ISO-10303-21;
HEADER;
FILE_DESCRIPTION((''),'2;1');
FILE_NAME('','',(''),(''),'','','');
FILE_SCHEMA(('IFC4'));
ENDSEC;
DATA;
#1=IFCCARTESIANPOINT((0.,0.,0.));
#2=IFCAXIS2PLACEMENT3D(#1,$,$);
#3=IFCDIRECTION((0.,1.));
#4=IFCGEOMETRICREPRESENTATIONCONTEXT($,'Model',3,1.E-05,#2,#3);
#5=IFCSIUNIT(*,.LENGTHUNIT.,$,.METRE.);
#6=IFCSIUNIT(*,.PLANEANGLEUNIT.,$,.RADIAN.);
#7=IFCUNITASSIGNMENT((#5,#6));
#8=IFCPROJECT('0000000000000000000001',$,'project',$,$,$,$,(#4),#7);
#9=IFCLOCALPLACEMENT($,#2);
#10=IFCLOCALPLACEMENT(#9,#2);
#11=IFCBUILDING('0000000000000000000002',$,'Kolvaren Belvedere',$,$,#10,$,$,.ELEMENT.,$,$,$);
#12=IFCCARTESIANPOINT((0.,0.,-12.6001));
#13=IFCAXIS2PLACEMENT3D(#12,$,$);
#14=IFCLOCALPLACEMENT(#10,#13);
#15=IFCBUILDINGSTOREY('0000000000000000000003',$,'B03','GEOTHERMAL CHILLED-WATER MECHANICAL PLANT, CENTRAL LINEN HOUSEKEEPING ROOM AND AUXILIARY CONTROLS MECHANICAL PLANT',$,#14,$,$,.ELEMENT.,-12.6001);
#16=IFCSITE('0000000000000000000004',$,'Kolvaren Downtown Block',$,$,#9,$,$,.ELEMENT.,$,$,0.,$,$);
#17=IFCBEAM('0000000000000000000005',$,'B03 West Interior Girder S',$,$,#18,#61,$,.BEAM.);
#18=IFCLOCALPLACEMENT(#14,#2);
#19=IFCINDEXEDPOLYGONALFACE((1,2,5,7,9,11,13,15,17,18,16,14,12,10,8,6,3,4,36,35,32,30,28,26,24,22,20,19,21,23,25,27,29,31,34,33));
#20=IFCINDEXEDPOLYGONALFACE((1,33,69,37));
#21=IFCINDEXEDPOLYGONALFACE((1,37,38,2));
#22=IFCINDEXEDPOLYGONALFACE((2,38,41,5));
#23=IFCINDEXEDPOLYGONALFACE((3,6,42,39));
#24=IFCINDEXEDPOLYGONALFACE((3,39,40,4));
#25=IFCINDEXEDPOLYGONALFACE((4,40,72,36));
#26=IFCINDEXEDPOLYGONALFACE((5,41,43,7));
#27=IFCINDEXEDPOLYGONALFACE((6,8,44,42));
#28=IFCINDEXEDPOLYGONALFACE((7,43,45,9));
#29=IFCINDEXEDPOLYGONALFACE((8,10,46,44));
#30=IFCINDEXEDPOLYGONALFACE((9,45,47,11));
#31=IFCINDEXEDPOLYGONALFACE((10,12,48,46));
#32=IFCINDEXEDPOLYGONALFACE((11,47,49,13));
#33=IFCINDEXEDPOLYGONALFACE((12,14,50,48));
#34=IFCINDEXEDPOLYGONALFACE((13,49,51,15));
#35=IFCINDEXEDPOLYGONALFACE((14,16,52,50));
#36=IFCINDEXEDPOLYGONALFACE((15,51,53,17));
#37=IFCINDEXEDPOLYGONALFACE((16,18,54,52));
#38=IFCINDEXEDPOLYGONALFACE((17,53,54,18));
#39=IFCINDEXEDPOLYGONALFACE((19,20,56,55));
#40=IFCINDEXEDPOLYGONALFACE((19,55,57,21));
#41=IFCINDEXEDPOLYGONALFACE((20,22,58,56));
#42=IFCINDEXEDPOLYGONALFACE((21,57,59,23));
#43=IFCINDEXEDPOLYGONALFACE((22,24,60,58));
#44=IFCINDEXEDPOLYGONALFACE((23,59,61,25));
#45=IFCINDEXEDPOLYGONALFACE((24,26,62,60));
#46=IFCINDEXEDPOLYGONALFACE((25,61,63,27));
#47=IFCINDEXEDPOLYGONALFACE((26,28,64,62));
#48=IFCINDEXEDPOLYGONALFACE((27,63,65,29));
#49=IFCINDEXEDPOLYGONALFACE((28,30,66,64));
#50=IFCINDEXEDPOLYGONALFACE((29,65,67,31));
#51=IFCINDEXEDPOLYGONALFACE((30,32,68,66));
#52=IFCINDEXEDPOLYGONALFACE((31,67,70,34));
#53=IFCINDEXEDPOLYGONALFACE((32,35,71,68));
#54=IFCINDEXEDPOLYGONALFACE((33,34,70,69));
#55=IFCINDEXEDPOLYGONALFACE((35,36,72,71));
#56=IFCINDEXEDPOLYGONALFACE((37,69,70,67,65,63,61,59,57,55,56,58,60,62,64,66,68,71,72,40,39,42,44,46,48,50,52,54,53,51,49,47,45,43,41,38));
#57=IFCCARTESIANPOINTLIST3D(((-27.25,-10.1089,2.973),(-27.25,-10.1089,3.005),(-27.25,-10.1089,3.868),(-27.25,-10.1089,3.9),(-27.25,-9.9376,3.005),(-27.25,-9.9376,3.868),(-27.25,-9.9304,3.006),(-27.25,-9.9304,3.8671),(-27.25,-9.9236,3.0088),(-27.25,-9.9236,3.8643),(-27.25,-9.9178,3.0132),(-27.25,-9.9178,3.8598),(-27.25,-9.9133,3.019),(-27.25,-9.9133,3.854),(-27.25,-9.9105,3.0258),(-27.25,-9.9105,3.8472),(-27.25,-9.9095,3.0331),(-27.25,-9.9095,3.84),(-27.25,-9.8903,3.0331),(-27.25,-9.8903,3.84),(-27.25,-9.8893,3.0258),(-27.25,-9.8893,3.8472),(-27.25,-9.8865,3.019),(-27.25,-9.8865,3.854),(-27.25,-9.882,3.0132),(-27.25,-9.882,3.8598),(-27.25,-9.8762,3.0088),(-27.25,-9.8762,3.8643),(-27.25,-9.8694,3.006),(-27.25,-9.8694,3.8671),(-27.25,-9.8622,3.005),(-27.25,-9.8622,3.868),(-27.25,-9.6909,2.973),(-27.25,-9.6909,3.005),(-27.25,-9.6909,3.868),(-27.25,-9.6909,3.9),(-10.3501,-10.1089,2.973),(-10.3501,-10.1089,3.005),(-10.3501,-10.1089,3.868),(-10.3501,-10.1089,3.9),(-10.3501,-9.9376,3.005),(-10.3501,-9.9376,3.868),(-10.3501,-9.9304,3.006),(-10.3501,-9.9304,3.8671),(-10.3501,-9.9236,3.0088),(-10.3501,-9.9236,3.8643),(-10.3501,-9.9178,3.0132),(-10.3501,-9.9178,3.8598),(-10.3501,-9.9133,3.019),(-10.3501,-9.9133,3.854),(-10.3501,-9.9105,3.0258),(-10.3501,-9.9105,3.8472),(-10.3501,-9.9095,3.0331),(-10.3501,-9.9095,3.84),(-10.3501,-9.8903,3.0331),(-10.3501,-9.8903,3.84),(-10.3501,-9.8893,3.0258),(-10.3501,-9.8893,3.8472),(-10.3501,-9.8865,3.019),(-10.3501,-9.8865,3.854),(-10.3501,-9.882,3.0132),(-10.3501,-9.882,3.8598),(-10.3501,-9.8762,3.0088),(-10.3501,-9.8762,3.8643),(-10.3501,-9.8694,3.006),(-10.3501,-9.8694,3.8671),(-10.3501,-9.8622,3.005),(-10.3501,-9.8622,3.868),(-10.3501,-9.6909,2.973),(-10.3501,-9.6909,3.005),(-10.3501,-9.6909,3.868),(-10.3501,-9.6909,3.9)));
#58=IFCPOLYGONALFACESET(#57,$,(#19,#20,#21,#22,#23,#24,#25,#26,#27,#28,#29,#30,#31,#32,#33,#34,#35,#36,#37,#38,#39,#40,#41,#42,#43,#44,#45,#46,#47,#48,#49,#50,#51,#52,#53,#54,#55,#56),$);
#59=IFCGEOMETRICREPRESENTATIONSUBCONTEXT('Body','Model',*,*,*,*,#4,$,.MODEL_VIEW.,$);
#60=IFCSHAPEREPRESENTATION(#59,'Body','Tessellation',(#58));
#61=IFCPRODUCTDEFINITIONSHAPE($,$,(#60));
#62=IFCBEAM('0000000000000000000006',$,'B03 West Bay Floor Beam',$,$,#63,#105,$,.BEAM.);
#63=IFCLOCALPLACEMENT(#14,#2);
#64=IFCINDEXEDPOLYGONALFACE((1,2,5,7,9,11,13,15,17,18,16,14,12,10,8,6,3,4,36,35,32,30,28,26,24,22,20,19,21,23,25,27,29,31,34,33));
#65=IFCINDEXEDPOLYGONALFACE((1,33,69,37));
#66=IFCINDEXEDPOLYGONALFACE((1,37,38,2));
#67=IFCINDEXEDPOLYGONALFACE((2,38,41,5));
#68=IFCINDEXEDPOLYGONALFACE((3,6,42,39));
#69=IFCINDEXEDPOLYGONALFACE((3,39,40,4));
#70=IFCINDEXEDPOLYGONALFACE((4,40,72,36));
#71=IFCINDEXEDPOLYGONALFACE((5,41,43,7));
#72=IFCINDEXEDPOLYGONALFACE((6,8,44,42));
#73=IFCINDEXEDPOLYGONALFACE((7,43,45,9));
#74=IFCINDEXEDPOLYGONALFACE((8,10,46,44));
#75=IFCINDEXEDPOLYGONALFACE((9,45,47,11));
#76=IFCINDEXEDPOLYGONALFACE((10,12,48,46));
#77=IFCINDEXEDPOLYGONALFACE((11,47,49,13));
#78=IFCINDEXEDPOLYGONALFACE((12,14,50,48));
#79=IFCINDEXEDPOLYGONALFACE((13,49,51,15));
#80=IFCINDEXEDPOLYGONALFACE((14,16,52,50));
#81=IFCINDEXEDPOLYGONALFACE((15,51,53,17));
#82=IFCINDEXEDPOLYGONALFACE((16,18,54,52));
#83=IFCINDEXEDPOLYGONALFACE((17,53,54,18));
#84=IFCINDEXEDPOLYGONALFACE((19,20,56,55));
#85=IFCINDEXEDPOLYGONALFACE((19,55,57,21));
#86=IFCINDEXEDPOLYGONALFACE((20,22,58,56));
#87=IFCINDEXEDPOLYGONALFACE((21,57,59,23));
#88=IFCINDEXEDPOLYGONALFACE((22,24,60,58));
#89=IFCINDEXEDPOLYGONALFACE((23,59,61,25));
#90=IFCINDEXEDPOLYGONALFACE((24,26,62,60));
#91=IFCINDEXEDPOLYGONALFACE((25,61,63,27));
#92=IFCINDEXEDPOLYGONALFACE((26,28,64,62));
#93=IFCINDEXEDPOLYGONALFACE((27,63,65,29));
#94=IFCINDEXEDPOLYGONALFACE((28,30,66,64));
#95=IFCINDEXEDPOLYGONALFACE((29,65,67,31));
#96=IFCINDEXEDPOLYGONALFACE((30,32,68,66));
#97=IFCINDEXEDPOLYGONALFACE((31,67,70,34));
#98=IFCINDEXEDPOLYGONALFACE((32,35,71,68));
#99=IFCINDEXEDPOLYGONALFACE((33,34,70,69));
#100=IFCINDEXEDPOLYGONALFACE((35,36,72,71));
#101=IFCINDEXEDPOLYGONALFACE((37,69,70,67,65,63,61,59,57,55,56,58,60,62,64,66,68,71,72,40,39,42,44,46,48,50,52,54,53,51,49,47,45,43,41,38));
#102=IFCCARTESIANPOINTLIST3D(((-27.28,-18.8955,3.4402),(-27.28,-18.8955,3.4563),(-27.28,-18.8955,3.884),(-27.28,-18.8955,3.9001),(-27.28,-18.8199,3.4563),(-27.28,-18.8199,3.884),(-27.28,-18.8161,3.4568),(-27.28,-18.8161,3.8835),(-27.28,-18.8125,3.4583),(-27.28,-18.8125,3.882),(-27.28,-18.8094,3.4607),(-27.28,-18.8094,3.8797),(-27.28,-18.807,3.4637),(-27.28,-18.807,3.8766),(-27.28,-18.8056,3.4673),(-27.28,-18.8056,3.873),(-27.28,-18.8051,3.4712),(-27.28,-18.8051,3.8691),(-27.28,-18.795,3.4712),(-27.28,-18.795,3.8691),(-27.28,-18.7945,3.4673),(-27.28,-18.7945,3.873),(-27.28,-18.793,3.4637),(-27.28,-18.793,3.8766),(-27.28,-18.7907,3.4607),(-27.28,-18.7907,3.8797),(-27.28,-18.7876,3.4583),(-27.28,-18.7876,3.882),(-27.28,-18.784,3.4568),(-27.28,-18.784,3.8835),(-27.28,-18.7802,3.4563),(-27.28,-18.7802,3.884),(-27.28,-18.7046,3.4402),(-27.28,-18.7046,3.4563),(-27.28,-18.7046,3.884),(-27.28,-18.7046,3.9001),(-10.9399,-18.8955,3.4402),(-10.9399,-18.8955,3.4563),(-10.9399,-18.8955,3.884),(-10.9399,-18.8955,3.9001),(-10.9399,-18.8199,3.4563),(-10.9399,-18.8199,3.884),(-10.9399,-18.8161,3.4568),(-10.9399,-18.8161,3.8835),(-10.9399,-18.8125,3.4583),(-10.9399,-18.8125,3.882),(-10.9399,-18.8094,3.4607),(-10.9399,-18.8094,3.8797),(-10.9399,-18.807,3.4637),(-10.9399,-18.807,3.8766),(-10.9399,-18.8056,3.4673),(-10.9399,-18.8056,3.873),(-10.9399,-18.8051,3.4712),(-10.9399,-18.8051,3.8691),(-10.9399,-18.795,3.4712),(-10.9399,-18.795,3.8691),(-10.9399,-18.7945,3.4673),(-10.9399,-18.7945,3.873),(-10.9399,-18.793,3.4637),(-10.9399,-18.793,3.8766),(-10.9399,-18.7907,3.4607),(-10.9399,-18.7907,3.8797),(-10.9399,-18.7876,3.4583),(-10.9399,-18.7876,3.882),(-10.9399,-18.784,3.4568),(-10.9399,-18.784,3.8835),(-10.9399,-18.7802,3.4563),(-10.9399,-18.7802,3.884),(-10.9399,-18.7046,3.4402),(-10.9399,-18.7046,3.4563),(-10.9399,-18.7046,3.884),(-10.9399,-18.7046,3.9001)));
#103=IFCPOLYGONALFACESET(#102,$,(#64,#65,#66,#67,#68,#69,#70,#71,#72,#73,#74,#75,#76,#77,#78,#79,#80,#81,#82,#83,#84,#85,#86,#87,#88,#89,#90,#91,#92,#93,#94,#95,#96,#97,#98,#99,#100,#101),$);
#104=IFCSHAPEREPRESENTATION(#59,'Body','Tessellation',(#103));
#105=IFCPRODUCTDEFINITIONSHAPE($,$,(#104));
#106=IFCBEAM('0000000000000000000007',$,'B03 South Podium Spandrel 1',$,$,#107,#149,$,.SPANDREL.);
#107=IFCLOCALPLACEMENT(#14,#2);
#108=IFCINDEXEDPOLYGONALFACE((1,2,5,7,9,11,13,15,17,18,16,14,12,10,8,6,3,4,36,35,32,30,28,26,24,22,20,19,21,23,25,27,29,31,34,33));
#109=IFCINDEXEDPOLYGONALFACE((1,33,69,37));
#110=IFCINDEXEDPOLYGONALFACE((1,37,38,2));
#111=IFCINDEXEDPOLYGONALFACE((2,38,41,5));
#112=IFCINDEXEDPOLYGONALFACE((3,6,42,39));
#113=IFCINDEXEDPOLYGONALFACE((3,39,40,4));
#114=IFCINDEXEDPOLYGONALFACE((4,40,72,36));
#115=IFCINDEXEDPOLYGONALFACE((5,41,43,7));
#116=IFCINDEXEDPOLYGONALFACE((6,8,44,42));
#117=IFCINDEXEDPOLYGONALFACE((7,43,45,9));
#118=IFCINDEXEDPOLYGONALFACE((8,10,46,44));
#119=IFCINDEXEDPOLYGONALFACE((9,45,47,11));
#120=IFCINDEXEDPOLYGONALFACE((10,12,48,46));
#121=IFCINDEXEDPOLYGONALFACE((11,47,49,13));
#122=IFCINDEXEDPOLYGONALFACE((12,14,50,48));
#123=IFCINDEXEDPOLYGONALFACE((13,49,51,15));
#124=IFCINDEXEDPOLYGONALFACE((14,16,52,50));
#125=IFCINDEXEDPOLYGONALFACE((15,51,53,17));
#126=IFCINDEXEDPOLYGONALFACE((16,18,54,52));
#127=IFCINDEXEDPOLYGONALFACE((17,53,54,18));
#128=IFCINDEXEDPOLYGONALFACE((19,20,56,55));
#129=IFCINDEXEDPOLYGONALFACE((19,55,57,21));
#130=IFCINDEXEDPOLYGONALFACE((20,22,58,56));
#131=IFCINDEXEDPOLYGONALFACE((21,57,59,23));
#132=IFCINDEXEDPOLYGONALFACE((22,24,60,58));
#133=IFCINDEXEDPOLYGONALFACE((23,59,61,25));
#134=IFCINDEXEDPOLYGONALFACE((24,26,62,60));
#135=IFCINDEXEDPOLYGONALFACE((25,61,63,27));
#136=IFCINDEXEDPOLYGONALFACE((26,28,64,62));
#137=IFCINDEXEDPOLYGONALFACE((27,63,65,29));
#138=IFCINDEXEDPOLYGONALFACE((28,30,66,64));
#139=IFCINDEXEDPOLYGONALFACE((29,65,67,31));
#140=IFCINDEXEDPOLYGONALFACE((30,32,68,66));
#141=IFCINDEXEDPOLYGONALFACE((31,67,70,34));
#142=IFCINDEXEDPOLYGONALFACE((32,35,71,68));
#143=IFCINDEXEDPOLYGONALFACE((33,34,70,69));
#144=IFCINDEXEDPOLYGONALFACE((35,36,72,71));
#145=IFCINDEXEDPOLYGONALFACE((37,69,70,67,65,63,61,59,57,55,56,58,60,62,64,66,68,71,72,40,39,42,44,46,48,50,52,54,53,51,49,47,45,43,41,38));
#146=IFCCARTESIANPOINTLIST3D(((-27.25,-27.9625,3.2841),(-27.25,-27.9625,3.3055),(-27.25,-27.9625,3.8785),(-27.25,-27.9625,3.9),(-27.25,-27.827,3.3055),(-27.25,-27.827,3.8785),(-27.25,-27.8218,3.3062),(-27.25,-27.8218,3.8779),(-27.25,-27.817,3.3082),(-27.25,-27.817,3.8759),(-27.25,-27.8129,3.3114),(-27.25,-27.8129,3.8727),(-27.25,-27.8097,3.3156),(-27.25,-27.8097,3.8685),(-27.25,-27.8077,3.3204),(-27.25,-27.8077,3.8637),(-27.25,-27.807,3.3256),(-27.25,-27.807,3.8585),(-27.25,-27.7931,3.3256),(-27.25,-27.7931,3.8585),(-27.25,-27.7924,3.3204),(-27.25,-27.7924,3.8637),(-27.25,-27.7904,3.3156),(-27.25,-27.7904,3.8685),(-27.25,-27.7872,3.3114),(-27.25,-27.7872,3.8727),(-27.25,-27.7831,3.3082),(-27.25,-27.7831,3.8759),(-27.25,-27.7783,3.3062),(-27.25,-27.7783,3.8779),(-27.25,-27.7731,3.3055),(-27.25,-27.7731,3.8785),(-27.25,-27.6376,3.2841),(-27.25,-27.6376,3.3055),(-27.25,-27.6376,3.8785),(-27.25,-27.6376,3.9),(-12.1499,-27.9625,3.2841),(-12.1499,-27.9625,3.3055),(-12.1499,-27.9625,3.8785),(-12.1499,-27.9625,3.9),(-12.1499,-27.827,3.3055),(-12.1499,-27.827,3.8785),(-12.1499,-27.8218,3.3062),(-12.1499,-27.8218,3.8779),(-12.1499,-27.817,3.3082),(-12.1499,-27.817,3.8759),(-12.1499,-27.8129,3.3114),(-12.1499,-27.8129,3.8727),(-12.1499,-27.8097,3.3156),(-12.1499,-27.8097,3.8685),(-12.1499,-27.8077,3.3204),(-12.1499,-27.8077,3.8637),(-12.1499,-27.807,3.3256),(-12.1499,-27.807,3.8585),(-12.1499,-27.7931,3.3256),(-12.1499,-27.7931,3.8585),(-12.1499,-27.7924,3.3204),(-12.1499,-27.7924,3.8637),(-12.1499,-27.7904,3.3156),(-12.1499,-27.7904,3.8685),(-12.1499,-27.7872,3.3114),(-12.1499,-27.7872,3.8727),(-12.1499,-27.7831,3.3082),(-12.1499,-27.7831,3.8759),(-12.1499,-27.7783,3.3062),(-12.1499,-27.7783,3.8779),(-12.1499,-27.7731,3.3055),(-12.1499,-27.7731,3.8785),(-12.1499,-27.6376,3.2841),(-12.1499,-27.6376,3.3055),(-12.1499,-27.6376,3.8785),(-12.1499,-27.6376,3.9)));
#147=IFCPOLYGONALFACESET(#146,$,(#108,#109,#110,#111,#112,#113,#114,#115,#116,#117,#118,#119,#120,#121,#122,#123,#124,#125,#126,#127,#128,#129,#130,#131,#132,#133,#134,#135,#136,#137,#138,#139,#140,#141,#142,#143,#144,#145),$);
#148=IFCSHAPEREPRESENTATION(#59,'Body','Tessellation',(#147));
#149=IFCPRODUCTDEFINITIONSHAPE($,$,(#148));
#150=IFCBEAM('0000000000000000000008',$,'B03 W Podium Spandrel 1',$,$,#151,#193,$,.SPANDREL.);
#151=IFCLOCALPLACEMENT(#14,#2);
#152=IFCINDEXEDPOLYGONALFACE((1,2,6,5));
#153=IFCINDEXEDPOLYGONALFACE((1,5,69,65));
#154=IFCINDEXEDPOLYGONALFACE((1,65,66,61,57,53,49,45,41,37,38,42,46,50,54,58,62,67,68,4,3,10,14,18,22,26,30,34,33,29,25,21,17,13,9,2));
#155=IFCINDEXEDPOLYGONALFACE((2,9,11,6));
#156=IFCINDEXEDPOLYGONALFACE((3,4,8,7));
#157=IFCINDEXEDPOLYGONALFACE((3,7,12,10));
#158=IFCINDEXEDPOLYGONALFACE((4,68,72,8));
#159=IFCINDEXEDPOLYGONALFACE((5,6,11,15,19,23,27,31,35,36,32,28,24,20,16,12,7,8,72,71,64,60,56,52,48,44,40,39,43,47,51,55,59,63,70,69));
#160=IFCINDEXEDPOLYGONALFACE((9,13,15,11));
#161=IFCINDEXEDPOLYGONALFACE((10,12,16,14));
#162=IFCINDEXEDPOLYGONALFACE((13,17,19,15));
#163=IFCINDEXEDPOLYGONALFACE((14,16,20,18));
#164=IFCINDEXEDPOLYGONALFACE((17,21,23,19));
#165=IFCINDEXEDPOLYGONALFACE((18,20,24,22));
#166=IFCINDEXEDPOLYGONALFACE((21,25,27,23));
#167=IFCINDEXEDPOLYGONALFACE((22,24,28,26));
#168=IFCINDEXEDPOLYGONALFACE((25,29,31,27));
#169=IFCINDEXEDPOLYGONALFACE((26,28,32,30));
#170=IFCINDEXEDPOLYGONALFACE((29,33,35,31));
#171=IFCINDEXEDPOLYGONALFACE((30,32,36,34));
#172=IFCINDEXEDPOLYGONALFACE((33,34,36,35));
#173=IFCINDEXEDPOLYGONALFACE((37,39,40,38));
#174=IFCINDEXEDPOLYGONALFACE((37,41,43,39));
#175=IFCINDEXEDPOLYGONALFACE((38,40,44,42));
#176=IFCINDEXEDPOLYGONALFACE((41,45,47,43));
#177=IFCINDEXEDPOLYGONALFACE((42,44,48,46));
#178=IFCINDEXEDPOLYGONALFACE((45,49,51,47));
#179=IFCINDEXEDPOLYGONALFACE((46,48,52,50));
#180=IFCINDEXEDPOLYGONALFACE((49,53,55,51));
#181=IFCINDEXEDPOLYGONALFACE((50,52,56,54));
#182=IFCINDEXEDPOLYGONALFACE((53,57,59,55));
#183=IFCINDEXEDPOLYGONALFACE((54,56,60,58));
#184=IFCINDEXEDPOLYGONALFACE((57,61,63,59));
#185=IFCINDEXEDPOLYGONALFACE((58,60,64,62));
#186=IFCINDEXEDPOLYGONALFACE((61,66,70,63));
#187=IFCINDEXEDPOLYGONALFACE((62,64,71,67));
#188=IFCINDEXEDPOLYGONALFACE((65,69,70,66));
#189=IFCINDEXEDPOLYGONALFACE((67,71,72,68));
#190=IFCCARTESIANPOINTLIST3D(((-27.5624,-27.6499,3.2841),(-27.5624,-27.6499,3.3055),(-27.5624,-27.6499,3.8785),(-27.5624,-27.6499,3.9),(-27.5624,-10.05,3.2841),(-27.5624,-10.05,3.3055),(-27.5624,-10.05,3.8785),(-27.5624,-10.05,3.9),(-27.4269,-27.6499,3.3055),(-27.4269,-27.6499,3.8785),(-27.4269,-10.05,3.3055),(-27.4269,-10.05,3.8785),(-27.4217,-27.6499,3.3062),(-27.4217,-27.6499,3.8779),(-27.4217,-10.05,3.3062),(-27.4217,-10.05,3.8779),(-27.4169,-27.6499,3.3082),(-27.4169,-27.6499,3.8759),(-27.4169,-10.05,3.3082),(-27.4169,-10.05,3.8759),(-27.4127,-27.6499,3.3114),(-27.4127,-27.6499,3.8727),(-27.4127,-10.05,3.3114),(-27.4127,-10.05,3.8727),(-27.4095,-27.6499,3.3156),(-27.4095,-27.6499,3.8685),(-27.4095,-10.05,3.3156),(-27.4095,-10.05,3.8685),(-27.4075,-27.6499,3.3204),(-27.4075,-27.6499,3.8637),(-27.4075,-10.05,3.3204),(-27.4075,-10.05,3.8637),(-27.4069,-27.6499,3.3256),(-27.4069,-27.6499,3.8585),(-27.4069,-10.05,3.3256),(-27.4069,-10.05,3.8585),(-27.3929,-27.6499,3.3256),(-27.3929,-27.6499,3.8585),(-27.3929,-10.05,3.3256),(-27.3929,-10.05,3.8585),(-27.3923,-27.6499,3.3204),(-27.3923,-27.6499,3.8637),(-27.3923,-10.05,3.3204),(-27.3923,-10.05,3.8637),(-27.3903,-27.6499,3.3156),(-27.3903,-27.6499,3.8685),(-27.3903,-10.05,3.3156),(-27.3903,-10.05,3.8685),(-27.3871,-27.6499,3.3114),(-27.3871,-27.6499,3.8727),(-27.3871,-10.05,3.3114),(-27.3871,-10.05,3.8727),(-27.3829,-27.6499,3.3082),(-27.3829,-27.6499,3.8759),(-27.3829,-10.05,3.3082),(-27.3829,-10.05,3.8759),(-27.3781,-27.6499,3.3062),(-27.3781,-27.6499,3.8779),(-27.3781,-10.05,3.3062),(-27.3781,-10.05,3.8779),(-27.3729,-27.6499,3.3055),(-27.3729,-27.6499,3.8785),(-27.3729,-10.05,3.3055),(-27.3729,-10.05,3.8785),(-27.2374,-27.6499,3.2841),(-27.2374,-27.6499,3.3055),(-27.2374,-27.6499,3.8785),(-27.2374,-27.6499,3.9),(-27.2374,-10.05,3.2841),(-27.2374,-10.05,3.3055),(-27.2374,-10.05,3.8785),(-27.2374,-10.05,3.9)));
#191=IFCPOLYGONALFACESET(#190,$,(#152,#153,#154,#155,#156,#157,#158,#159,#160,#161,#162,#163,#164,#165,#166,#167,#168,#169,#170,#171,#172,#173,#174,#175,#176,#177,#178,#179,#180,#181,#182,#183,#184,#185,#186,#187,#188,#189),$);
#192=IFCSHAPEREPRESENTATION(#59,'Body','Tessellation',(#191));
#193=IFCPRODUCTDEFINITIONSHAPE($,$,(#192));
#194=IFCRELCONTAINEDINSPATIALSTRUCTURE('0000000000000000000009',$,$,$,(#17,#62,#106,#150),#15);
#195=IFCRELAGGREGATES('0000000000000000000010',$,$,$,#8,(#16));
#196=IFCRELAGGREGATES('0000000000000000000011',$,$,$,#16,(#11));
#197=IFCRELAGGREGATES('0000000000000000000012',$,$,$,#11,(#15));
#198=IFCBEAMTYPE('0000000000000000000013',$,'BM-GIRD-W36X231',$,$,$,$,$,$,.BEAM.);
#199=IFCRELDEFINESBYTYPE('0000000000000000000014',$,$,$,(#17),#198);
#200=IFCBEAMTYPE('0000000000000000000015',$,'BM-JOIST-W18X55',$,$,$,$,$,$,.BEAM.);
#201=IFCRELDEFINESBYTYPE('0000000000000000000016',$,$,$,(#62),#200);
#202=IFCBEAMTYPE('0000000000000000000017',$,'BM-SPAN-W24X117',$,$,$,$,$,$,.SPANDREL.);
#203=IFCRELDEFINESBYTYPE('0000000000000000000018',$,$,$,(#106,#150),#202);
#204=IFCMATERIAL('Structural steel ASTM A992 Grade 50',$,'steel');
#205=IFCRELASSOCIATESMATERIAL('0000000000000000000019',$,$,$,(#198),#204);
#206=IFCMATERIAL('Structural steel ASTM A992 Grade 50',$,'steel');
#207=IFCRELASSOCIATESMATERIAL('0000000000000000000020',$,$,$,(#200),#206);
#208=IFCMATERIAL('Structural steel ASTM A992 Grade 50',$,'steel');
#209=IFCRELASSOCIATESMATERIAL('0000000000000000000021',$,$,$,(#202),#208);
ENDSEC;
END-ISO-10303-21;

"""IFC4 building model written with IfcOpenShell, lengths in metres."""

from ifc_helpers import new_model, si_unit, direction, frame, origin, origin_2d, place, context, subcontext, project, spatial, i_section, extrude, material, material_profile, profile_set, type_object, element, save


model = new_model("IFC4")

# Units and contexts
model_context = context("Model", 3, precision=1e-05, world=origin(), true_north=direction((0.0, 1.0)))
body_context = subcontext(model_context, "Body", "Model", "MODEL_VIEW")
ifc_project = project(units=[si_unit("LENGTHUNIT", "METRE"), si_unit("PLANEANGLEUNIT", "RADIAN")], contexts=[model_context])

# Site, building, storey
site_placement = place(None, origin())
site = spatial("IfcSite", under=ifc_project, at=site_placement, Name="Kolvaren Downtown Block", CompositionType="ELEMENT", RefElevation=0.0)
building_placement = place(site_placement, origin())
building = spatial("IfcBuilding", under=site, at=building_placement, Name="Kolvaren Belvedere", CompositionType="ELEMENT")
storey_placement = place(building_placement, frame((0.0, 0.0, -12.6001)))
storey = spatial("IfcBuildingStorey", under=building, at=storey_placement, Name="B03", Description="GEOTHERMAL CHILLED-WATER MECHANICAL PLANT, CENTRAL LINEN HOUSEKEEPING ROOM AND AUXILIARY CONTROLS MECHANICAL PLANT", CompositionType="ELEMENT", Elevation=-12.6001)

# Beams
ifc_material_1 = material(Name="Structural steel ASTM A992 Grade 50", Category="steel")
ifc_material_profile_1 = material_profile(ifc_material_1, i_section(OverallWidth=0.418, OverallDepth=0.927, WebThickness=0.0193, FlangeThickness=0.032, FilletRadius=0.0281, at=origin_2d()), Name="W36X231")
ifc_profile_set_1 = profile_set([ifc_material_profile_1], Name="Structural steel ASTM A992 Grade 50")
beam_type_1 = type_object("IfcBeamType", Name="BM-GIRD-W36X231", PredefinedType="BEAM", material=ifc_profile_set_1)
beam_1_placement = place(storey_placement, frame((-27.25, -9.8999, 3.4365), z_axis=(1.0, 0.0, 0.0), x_axis=(0.0, 1.0, 0.0)))
element("IfcBeam", 1, at=beam_1_placement, inside=storey, type_object=beam_type_1, Name="B03 West Interior Girder S", PredefinedType="BEAM", context=body_context, shape_type="SweptSolid", body=[
    extrude(i_section(OverallWidth=0.418, OverallDepth=0.927, WebThickness=0.0193, FlangeThickness=0.032, FilletRadius=0.0281, at=origin_2d()), origin(), (0.0, 0.0, 1.0), 16.8999),
])
ifc_material_2 = material(Name="Structural steel ASTM A992 Grade 50", Category="steel")
ifc_material_profile_2 = material_profile(ifc_material_2, i_section(OverallWidth=0.1909, OverallDepth=0.46, WebThickness=0.01, FlangeThickness=0.0161, FilletRadius=0.0149, at=origin_2d()), Name="W18X55")
ifc_profile_set_2 = profile_set([ifc_material_profile_2], Name="Structural steel ASTM A992 Grade 50")
beam_type_2 = type_object("IfcBeamType", Name="BM-JOIST-W18X55", PredefinedType="BEAM", material=ifc_profile_set_2)
beam_2_placement = place(storey_placement, frame((-27.28, -18.8, 3.6702), z_axis=(1.0, 0.0, 0.0), x_axis=(0.0, 1.0, 0.0)))
element("IfcBeam", 2, at=beam_2_placement, inside=storey, type_object=beam_type_2, Name="B03 West Bay Floor Beam", PredefinedType="BEAM", context=body_context, shape_type="SweptSolid", body=[
    extrude(i_section(OverallWidth=0.1909, OverallDepth=0.46, WebThickness=0.01, FlangeThickness=0.0161, FilletRadius=0.0149, at=origin_2d()), origin(), (0.0, 0.0, 1.0), 16.3401),
])
ifc_material_3 = material(Name="Structural steel ASTM A992 Grade 50", Category="steel")
ifc_material_profile_3 = material_profile(ifc_material_3, i_section(OverallWidth=0.325, OverallDepth=0.616, WebThickness=0.0139, FlangeThickness=0.0215, FilletRadius=0.02, at=origin_2d()), Name="W24X117")
ifc_profile_set_3 = profile_set([ifc_material_profile_3], Name="Structural steel ASTM A992 Grade 50")
beam_type_3 = type_object("IfcBeamType", Name="BM-SPAN-W24X117", PredefinedType="SPANDREL", material=ifc_profile_set_3)
beam_3_placement = place(storey_placement, frame((-27.25, -27.8, 3.592), z_axis=(1.0, 0.0, 0.0), x_axis=(0.0, 1.0, 0.0)))
element("IfcBeam", 3, at=beam_3_placement, inside=storey, type_object=beam_type_3, Name="B03 South Podium Spandrel 1", PredefinedType="SPANDREL", context=body_context, shape_type="SweptSolid", body=[
    extrude(i_section(OverallWidth=0.325, OverallDepth=0.616, WebThickness=0.0139, FlangeThickness=0.0215, FilletRadius=0.02, at=origin_2d()), origin(), (0.0, 0.0, 1.0), 15.1001),
])
beam_4_placement = place(storey_placement, frame((-27.3999, -27.6499, 3.592), z_axis=(0.0, 1.0, 0.0), x_axis=(-1.0, 0.0, 0.0)))
element("IfcBeam", 4, at=beam_4_placement, inside=storey, type_object=beam_type_3, Name="B03 W Podium Spandrel 1", PredefinedType="SPANDREL", context=body_context, shape_type="SweptSolid", body=[
    extrude(i_section(OverallWidth=0.325, OverallDepth=0.616, WebThickness=0.0139, FlangeThickness=0.0215, FilletRadius=0.02, at=origin_2d()), origin(), (0.0, 0.0, 1.0), 17.5999),
])

save(model, "model.ifc")
